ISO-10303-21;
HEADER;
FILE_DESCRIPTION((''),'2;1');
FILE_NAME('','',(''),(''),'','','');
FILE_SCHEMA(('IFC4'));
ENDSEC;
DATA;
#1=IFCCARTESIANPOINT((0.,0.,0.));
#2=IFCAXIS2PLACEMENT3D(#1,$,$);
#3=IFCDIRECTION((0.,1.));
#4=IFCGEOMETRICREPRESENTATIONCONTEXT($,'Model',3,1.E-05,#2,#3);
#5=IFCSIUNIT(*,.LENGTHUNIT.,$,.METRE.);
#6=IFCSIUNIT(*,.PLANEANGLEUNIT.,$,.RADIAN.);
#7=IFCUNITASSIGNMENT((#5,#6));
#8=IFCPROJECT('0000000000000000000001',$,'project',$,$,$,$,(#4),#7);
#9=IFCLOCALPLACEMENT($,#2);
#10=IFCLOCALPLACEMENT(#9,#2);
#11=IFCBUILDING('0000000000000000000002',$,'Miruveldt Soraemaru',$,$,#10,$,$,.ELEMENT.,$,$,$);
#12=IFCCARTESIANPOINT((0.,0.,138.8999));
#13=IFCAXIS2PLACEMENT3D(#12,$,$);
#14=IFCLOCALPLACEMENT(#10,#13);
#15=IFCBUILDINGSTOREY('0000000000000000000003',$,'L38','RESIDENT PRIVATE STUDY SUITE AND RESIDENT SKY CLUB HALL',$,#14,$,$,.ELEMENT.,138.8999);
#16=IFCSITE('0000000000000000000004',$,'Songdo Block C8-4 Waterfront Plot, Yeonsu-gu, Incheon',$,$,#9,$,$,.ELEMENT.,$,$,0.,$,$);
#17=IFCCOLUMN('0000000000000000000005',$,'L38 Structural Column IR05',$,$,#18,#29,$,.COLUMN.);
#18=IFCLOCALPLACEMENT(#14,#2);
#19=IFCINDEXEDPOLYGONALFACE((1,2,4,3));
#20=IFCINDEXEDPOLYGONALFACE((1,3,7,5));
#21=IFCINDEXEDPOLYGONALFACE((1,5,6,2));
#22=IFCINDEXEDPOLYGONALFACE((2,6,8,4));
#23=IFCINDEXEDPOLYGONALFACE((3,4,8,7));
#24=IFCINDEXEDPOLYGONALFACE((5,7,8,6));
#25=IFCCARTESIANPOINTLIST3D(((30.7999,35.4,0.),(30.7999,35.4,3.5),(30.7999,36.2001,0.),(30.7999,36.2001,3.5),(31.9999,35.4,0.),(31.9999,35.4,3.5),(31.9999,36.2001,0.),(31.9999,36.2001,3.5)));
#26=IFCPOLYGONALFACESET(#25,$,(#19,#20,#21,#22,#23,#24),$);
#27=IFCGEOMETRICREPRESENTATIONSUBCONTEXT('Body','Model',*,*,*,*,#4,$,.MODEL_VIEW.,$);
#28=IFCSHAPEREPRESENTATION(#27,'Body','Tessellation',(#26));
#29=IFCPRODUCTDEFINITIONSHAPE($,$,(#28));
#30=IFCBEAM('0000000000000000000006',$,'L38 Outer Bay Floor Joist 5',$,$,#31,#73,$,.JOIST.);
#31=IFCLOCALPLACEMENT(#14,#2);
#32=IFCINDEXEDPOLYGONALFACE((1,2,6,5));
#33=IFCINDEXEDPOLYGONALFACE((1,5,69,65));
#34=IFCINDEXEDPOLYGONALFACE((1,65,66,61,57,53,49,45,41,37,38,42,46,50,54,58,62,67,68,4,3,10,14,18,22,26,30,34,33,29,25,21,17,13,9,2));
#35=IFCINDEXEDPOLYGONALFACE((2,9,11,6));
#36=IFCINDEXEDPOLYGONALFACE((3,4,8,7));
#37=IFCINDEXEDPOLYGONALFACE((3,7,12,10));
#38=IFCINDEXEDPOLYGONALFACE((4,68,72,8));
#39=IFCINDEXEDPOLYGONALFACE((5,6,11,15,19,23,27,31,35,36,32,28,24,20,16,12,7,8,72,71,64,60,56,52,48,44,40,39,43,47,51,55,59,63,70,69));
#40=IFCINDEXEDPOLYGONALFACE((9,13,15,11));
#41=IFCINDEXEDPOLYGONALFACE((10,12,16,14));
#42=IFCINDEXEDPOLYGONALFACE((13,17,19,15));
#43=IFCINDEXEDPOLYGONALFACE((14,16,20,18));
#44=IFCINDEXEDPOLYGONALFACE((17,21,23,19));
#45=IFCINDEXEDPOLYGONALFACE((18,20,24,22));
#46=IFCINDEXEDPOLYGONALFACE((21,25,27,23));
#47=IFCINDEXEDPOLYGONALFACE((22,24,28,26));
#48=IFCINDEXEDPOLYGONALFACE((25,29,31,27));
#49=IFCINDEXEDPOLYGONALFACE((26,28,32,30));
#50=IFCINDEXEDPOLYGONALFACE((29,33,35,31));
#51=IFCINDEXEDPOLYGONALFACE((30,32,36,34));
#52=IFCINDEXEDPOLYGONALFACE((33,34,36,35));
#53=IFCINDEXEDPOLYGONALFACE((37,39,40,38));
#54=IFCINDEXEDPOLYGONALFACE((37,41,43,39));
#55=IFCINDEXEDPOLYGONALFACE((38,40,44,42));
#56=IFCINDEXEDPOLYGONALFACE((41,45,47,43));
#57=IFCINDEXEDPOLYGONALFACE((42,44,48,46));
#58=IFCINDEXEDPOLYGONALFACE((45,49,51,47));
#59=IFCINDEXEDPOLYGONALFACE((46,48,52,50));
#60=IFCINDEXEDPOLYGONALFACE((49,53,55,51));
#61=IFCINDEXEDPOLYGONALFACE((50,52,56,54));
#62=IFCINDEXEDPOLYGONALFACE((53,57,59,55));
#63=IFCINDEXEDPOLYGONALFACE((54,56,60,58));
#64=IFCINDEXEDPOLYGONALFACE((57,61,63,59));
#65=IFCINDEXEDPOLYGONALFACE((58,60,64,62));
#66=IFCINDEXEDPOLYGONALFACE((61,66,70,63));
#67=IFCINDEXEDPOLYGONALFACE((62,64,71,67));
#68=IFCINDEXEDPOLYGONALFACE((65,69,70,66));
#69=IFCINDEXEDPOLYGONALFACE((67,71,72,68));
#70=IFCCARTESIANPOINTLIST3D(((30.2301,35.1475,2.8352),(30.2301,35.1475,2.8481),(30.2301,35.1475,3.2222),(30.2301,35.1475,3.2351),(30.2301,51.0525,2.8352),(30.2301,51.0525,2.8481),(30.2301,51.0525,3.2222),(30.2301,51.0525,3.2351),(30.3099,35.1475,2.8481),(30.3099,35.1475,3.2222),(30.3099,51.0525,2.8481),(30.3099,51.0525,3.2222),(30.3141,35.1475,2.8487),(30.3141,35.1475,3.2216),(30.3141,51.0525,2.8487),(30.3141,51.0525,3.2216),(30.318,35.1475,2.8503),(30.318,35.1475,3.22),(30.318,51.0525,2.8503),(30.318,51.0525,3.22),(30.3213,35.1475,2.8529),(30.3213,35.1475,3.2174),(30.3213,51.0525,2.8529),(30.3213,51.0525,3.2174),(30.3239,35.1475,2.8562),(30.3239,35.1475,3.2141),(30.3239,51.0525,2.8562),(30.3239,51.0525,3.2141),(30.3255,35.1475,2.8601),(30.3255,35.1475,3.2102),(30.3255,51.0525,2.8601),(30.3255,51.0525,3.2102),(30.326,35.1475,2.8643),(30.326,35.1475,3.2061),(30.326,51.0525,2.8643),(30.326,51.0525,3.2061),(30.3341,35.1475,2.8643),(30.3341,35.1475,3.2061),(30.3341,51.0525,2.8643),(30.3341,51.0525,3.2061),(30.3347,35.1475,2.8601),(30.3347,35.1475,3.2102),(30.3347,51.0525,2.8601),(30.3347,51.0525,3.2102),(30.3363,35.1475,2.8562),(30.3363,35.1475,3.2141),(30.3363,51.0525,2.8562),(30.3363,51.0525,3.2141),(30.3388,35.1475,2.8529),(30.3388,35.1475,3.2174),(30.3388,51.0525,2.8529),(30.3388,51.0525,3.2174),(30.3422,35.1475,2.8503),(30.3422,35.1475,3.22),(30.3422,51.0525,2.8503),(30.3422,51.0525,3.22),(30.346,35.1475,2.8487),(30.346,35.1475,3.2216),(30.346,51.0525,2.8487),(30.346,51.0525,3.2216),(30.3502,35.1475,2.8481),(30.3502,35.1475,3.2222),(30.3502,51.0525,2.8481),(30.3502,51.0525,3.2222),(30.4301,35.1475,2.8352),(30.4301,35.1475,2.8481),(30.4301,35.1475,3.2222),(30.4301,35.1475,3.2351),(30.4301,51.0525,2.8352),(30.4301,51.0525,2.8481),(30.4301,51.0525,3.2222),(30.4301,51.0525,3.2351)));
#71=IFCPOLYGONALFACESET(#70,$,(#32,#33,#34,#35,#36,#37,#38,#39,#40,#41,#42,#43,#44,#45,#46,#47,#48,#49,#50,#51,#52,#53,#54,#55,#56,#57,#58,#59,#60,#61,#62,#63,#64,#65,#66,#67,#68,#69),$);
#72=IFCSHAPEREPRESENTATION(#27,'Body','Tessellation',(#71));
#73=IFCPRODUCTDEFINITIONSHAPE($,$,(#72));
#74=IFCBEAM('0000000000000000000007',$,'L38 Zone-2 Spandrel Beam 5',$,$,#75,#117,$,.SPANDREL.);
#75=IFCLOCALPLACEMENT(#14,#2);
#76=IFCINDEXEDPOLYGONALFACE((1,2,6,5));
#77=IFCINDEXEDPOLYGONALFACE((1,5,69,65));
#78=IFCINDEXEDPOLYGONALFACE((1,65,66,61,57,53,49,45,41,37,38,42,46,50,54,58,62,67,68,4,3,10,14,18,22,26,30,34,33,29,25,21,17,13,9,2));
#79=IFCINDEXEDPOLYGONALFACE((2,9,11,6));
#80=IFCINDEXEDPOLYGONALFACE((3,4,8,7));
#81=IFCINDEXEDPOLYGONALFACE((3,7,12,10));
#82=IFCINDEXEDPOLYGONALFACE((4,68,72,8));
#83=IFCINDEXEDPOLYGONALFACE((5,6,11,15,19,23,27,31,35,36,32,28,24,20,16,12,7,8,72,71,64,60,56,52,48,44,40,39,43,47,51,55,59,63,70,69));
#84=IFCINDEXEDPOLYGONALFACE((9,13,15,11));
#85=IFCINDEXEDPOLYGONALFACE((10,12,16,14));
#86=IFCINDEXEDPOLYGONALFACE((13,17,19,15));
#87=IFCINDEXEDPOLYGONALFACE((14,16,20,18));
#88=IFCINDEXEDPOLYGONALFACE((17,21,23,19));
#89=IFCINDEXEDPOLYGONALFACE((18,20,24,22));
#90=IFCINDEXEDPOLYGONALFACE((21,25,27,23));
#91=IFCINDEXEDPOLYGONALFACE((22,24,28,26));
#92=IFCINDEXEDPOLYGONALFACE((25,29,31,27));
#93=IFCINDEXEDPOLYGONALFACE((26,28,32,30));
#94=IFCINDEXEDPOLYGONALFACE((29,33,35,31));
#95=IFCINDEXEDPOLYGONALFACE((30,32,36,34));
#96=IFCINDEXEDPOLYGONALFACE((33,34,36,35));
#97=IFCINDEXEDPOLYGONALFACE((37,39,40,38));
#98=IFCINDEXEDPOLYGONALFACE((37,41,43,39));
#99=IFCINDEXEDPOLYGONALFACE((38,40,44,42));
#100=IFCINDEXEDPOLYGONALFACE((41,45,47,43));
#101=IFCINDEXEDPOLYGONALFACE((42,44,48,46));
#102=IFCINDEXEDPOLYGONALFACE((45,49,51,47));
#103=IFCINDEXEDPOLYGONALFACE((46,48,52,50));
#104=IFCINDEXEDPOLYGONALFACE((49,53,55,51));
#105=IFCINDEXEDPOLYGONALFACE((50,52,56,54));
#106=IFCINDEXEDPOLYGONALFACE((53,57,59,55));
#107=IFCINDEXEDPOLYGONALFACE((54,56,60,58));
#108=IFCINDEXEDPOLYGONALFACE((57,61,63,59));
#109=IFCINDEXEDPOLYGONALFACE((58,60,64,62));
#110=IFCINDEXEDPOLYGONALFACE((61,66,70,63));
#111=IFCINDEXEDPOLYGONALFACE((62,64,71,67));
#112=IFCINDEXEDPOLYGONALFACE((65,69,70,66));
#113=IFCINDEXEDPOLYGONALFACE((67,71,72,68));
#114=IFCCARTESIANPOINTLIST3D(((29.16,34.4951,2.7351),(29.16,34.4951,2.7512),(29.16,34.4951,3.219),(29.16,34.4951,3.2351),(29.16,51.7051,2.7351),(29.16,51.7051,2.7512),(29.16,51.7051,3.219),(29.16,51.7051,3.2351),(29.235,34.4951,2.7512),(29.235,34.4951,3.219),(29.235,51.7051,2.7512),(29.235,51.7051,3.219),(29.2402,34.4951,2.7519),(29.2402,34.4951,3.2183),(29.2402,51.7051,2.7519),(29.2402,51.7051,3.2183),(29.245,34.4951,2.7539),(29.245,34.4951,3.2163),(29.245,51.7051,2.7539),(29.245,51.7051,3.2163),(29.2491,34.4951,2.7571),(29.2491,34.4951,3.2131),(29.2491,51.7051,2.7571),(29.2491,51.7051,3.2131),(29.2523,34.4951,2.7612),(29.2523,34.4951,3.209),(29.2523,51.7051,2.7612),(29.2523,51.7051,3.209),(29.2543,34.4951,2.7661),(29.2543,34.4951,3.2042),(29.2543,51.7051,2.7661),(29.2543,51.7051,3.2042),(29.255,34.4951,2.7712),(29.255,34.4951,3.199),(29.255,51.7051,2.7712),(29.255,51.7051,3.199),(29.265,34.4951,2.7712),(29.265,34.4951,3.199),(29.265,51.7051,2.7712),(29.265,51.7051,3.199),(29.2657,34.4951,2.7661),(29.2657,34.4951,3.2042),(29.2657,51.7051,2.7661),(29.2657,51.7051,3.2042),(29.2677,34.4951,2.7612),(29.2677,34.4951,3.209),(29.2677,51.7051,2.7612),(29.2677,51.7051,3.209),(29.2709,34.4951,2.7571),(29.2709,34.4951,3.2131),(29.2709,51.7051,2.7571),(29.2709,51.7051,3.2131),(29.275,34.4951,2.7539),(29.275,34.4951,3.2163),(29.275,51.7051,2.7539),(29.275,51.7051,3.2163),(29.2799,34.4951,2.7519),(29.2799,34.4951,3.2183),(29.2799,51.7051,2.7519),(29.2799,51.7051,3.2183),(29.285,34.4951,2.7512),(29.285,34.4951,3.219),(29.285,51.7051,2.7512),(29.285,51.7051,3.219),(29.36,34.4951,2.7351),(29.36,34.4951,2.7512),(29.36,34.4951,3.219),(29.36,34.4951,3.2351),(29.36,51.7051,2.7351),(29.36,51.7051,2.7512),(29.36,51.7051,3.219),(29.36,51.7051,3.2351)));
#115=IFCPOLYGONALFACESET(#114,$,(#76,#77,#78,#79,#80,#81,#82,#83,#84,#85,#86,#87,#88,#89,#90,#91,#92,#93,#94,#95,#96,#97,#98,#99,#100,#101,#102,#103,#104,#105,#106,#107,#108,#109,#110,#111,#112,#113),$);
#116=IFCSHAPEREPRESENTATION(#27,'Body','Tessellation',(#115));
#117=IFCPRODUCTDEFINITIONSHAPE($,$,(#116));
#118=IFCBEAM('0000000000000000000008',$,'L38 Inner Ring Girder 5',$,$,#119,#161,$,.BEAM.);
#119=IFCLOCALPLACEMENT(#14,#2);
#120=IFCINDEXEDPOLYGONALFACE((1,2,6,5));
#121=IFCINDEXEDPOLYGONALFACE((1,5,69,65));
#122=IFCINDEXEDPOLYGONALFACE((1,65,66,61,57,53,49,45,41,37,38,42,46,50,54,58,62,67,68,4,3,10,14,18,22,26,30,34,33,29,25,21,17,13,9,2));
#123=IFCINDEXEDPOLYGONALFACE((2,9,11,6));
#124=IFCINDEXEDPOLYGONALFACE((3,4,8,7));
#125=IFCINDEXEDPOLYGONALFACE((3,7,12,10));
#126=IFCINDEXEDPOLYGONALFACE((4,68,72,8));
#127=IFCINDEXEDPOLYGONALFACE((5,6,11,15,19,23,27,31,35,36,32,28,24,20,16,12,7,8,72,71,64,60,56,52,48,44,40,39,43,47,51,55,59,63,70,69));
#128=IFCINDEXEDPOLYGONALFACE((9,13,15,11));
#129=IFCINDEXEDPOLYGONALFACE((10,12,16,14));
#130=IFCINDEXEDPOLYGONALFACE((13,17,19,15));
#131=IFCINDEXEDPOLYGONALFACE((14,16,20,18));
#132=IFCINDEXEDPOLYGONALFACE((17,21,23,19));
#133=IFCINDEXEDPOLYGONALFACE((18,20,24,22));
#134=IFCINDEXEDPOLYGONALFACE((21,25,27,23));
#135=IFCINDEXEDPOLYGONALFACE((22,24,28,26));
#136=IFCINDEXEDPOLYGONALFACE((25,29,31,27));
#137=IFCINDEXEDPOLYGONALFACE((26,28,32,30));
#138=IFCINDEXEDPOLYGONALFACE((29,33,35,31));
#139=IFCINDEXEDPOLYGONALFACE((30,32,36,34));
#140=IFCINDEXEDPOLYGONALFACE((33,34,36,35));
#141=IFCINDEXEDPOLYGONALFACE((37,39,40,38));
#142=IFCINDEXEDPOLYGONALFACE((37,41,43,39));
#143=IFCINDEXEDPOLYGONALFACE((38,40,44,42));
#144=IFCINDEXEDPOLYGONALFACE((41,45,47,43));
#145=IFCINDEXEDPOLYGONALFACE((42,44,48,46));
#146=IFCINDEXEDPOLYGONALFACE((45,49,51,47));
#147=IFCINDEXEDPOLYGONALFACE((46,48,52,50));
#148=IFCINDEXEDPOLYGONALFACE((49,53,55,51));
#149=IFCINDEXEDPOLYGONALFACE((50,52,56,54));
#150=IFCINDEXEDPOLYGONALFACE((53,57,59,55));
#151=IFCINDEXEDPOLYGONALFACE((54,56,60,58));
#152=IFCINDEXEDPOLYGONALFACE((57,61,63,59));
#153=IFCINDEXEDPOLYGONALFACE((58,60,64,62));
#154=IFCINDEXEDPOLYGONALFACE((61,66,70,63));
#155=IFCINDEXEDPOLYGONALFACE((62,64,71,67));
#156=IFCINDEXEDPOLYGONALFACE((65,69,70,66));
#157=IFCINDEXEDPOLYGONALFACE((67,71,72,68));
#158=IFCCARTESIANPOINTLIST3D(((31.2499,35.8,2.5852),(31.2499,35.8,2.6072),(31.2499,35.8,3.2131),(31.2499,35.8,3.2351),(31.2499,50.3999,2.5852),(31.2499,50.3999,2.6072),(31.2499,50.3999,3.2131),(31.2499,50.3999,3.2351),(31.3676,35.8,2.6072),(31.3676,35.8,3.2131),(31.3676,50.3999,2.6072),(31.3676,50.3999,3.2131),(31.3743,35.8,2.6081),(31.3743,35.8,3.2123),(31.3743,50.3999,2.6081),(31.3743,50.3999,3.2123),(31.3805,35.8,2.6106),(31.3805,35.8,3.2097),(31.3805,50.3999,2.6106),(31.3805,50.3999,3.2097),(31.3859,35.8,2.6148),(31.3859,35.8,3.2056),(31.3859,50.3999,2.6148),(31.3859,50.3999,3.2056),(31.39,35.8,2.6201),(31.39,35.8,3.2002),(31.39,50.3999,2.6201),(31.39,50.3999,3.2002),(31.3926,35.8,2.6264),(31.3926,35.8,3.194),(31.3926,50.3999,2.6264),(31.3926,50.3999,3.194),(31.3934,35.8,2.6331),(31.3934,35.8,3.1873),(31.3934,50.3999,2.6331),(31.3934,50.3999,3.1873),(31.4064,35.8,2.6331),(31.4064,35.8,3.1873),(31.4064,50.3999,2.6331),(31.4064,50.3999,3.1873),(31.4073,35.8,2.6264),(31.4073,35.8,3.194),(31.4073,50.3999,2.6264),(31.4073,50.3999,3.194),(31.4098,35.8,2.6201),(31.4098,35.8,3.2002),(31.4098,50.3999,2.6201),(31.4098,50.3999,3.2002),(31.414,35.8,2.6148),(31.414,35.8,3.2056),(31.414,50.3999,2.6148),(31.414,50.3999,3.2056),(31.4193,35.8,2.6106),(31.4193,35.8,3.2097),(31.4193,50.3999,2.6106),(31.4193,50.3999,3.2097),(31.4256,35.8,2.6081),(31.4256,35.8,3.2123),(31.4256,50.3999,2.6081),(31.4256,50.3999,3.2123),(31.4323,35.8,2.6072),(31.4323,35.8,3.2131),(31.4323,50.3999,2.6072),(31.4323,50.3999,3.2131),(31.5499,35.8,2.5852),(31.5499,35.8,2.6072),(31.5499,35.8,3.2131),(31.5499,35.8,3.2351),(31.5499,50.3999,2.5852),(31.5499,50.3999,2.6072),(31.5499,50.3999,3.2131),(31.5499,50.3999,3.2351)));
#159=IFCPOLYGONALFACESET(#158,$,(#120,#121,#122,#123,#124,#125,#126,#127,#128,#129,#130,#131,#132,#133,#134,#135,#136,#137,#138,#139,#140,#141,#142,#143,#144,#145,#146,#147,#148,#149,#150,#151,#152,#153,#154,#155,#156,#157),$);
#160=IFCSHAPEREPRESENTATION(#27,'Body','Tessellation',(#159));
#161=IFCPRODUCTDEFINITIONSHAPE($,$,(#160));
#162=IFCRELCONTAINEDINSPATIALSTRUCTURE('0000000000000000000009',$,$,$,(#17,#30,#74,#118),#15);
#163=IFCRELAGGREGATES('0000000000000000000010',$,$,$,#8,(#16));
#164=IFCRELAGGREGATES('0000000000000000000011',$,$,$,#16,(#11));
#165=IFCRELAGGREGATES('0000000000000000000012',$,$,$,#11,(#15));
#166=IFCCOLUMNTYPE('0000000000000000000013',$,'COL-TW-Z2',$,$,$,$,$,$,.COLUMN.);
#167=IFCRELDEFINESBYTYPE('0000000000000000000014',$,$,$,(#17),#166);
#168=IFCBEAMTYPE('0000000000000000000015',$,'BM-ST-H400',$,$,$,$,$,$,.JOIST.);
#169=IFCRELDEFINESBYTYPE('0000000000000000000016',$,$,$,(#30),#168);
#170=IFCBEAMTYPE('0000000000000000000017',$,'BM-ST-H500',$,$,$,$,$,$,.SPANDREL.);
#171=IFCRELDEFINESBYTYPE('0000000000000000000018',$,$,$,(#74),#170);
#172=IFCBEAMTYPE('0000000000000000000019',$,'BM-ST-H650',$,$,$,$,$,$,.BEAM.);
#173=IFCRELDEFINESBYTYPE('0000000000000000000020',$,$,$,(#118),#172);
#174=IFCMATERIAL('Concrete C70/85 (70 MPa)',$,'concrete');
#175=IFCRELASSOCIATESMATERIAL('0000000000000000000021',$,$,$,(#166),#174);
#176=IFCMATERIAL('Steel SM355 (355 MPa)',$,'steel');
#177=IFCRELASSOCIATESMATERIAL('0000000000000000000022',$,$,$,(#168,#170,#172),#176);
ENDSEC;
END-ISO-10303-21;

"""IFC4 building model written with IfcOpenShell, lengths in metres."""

from ifc_helpers import new_model, si_unit, direction, frame, origin, origin_2d, place, context, subcontext, project, spatial, rectangle, i_section, extrude, material, material_profile, profile_set, type_object, element, save


model = new_model("IFC4")

# Units and contexts
model_context = context("Model", 3, precision=1e-05, world=origin(), true_north=direction((0.0, 1.0)))
body_context = subcontext(model_context, "Body", "Model", "MODEL_VIEW")
ifc_project = project(units=[si_unit("LENGTHUNIT", "METRE"), si_unit("PLANEANGLEUNIT", "RADIAN")], contexts=[model_context])

# Site, building, storey
site_placement = place(None, origin())
site = spatial("IfcSite", under=ifc_project, at=site_placement, Name="Songdo Block C8-4 Waterfront Plot, Yeonsu-gu, Incheon", CompositionType="ELEMENT", RefElevation=0.0)
building_placement = place(site_placement, origin())
building = spatial("IfcBuilding", under=site, at=building_placement, Name="Miruveldt Soraemaru", CompositionType="ELEMENT")
storey_placement = place(building_placement, frame((0.0, 0.0, 138.8999)))
storey = spatial("IfcBuildingStorey", under=building, at=storey_placement, Name="L38", Description="RESIDENT PRIVATE STUDY SUITE AND RESIDENT SKY CLUB HALL", CompositionType="ELEMENT", Elevation=138.8999)

# Column
ifc_material_1 = material(Name="Concrete C70/85 (70 MPa)", Category="concrete")
ifc_material_profile_1 = material_profile(ifc_material_1, rectangle(XDim=1.2, YDim=0.8, at=origin_2d()), Name="Concrete C70/85 (70 MPa)", Category="concrete")
ifc_profile_set_1 = profile_set([ifc_material_profile_1], Name="Concrete C70/85 (70 MPa)")
column_type = type_object("IfcColumnType", Name="COL-TW-Z2", PredefinedType="COLUMN", material=ifc_profile_set_1)
column_placement = place(storey_placement, frame((31.3999, 35.8, 0.0), z_axis=(0.0, 0.0, 1.0), x_axis=(1.0, 0.0, 0.0)))
element("IfcColumn", 1, at=column_placement, inside=storey, type_object=column_type, Name="L38 Structural Column IR05", PredefinedType="COLUMN", context=body_context, shape_type="SweptSolid", body=[
    extrude(rectangle(XDim=1.2, YDim=0.8, at=origin_2d()), origin(), (0.0, 0.0, 1.0), 3.5),
])

# Beams
ifc_material_2 = material(Name="Steel SM355 (355 MPa)", Category="steel")
ifc_material_profile_2 = material_profile(ifc_material_2, i_section(OverallWidth=0.2, OverallDepth=0.3999, WebThickness=0.0081, FlangeThickness=0.0129, FilletRadius=0.0161, at=origin_2d()), Name="Steel SM355 (355 MPa)", Category="steel")
ifc_profile_set_2 = profile_set([ifc_material_profile_2], Name="Steel SM355 (355 MPa)")
beam_type_1 = type_object("IfcBeamType", Name="BM-ST-H400", PredefinedType="JOIST", material=ifc_profile_set_2)
beam_1_placement = place(storey_placement, frame((30.3301, 35.1475, 3.0352), z_axis=(0.0, 1.0, 0.0), x_axis=(-1.0, 0.0, 0.0)))
element("IfcBeam", 2, at=beam_1_placement, inside=storey, type_object=beam_type_1, Name="L38 Outer Bay Floor Joist 5", PredefinedType="JOIST", context=body_context, shape_type="SweptSolid", body=[
    extrude(i_section(OverallWidth=0.2, OverallDepth=0.3999, WebThickness=0.0081, FlangeThickness=0.0129, FilletRadius=0.0161, at=origin_2d()), origin(), (0.0, 0.0, 1.0), 15.905),
])
ifc_material_profile_3 = material_profile(ifc_material_2, i_section(OverallWidth=0.2, OverallDepth=0.5, WebThickness=0.01, FlangeThickness=0.0161, FilletRadius=0.02, at=origin_2d()), Name="Steel SM355 (355 MPa)", Category="steel")
ifc_profile_set_3 = profile_set([ifc_material_profile_3], Name="Steel SM355 (355 MPa)")
beam_type_2 = type_object("IfcBeamType", Name="BM-ST-H500", PredefinedType="SPANDREL", material=ifc_profile_set_3)
beam_2_placement = place(storey_placement, frame((29.26, 34.4951, 2.9851), z_axis=(0.0, 1.0, 0.0), x_axis=(-1.0, 0.0, 0.0)))
element("IfcBeam", 3, at=beam_2_placement, inside=storey, type_object=beam_type_2, Name="L38 Zone-2 Spandrel Beam 5", PredefinedType="SPANDREL", context=body_context, shape_type="SweptSolid", body=[
    extrude(i_section(OverallWidth=0.2, OverallDepth=0.5, WebThickness=0.01, FlangeThickness=0.0161, FilletRadius=0.02, at=origin_2d()), origin(), (0.0, 0.0, 1.0), 17.21),
])
ifc_material_profile_4 = material_profile(ifc_material_2, i_section(OverallWidth=0.3, OverallDepth=0.6499, WebThickness=0.0129, FlangeThickness=0.022, FilletRadius=0.0259, at=origin_2d()), Name="Steel SM355 (355 MPa)", Category="steel")
ifc_profile_set_4 = profile_set([ifc_material_profile_4], Name="Steel SM355 (355 MPa)")
beam_type_3 = type_object("IfcBeamType", Name="BM-ST-H650", PredefinedType="BEAM", material=ifc_profile_set_4)
beam_3_placement = place(storey_placement, frame((31.3999, 35.8, 2.9102), z_axis=(0.0, 1.0, 0.0), x_axis=(-1.0, 0.0, 0.0)))
element("IfcBeam", 4, at=beam_3_placement, inside=storey, type_object=beam_type_3, Name="L38 Inner Ring Girder 5", PredefinedType="BEAM", context=body_context, shape_type="SweptSolid", body=[
    extrude(i_section(OverallWidth=0.3, OverallDepth=0.6499, WebThickness=0.0129, FlangeThickness=0.022, FilletRadius=0.0259, at=origin_2d()), origin(), (0.0, 0.0, 1.0), 14.5999),
])

save(model, "model.ifc")
